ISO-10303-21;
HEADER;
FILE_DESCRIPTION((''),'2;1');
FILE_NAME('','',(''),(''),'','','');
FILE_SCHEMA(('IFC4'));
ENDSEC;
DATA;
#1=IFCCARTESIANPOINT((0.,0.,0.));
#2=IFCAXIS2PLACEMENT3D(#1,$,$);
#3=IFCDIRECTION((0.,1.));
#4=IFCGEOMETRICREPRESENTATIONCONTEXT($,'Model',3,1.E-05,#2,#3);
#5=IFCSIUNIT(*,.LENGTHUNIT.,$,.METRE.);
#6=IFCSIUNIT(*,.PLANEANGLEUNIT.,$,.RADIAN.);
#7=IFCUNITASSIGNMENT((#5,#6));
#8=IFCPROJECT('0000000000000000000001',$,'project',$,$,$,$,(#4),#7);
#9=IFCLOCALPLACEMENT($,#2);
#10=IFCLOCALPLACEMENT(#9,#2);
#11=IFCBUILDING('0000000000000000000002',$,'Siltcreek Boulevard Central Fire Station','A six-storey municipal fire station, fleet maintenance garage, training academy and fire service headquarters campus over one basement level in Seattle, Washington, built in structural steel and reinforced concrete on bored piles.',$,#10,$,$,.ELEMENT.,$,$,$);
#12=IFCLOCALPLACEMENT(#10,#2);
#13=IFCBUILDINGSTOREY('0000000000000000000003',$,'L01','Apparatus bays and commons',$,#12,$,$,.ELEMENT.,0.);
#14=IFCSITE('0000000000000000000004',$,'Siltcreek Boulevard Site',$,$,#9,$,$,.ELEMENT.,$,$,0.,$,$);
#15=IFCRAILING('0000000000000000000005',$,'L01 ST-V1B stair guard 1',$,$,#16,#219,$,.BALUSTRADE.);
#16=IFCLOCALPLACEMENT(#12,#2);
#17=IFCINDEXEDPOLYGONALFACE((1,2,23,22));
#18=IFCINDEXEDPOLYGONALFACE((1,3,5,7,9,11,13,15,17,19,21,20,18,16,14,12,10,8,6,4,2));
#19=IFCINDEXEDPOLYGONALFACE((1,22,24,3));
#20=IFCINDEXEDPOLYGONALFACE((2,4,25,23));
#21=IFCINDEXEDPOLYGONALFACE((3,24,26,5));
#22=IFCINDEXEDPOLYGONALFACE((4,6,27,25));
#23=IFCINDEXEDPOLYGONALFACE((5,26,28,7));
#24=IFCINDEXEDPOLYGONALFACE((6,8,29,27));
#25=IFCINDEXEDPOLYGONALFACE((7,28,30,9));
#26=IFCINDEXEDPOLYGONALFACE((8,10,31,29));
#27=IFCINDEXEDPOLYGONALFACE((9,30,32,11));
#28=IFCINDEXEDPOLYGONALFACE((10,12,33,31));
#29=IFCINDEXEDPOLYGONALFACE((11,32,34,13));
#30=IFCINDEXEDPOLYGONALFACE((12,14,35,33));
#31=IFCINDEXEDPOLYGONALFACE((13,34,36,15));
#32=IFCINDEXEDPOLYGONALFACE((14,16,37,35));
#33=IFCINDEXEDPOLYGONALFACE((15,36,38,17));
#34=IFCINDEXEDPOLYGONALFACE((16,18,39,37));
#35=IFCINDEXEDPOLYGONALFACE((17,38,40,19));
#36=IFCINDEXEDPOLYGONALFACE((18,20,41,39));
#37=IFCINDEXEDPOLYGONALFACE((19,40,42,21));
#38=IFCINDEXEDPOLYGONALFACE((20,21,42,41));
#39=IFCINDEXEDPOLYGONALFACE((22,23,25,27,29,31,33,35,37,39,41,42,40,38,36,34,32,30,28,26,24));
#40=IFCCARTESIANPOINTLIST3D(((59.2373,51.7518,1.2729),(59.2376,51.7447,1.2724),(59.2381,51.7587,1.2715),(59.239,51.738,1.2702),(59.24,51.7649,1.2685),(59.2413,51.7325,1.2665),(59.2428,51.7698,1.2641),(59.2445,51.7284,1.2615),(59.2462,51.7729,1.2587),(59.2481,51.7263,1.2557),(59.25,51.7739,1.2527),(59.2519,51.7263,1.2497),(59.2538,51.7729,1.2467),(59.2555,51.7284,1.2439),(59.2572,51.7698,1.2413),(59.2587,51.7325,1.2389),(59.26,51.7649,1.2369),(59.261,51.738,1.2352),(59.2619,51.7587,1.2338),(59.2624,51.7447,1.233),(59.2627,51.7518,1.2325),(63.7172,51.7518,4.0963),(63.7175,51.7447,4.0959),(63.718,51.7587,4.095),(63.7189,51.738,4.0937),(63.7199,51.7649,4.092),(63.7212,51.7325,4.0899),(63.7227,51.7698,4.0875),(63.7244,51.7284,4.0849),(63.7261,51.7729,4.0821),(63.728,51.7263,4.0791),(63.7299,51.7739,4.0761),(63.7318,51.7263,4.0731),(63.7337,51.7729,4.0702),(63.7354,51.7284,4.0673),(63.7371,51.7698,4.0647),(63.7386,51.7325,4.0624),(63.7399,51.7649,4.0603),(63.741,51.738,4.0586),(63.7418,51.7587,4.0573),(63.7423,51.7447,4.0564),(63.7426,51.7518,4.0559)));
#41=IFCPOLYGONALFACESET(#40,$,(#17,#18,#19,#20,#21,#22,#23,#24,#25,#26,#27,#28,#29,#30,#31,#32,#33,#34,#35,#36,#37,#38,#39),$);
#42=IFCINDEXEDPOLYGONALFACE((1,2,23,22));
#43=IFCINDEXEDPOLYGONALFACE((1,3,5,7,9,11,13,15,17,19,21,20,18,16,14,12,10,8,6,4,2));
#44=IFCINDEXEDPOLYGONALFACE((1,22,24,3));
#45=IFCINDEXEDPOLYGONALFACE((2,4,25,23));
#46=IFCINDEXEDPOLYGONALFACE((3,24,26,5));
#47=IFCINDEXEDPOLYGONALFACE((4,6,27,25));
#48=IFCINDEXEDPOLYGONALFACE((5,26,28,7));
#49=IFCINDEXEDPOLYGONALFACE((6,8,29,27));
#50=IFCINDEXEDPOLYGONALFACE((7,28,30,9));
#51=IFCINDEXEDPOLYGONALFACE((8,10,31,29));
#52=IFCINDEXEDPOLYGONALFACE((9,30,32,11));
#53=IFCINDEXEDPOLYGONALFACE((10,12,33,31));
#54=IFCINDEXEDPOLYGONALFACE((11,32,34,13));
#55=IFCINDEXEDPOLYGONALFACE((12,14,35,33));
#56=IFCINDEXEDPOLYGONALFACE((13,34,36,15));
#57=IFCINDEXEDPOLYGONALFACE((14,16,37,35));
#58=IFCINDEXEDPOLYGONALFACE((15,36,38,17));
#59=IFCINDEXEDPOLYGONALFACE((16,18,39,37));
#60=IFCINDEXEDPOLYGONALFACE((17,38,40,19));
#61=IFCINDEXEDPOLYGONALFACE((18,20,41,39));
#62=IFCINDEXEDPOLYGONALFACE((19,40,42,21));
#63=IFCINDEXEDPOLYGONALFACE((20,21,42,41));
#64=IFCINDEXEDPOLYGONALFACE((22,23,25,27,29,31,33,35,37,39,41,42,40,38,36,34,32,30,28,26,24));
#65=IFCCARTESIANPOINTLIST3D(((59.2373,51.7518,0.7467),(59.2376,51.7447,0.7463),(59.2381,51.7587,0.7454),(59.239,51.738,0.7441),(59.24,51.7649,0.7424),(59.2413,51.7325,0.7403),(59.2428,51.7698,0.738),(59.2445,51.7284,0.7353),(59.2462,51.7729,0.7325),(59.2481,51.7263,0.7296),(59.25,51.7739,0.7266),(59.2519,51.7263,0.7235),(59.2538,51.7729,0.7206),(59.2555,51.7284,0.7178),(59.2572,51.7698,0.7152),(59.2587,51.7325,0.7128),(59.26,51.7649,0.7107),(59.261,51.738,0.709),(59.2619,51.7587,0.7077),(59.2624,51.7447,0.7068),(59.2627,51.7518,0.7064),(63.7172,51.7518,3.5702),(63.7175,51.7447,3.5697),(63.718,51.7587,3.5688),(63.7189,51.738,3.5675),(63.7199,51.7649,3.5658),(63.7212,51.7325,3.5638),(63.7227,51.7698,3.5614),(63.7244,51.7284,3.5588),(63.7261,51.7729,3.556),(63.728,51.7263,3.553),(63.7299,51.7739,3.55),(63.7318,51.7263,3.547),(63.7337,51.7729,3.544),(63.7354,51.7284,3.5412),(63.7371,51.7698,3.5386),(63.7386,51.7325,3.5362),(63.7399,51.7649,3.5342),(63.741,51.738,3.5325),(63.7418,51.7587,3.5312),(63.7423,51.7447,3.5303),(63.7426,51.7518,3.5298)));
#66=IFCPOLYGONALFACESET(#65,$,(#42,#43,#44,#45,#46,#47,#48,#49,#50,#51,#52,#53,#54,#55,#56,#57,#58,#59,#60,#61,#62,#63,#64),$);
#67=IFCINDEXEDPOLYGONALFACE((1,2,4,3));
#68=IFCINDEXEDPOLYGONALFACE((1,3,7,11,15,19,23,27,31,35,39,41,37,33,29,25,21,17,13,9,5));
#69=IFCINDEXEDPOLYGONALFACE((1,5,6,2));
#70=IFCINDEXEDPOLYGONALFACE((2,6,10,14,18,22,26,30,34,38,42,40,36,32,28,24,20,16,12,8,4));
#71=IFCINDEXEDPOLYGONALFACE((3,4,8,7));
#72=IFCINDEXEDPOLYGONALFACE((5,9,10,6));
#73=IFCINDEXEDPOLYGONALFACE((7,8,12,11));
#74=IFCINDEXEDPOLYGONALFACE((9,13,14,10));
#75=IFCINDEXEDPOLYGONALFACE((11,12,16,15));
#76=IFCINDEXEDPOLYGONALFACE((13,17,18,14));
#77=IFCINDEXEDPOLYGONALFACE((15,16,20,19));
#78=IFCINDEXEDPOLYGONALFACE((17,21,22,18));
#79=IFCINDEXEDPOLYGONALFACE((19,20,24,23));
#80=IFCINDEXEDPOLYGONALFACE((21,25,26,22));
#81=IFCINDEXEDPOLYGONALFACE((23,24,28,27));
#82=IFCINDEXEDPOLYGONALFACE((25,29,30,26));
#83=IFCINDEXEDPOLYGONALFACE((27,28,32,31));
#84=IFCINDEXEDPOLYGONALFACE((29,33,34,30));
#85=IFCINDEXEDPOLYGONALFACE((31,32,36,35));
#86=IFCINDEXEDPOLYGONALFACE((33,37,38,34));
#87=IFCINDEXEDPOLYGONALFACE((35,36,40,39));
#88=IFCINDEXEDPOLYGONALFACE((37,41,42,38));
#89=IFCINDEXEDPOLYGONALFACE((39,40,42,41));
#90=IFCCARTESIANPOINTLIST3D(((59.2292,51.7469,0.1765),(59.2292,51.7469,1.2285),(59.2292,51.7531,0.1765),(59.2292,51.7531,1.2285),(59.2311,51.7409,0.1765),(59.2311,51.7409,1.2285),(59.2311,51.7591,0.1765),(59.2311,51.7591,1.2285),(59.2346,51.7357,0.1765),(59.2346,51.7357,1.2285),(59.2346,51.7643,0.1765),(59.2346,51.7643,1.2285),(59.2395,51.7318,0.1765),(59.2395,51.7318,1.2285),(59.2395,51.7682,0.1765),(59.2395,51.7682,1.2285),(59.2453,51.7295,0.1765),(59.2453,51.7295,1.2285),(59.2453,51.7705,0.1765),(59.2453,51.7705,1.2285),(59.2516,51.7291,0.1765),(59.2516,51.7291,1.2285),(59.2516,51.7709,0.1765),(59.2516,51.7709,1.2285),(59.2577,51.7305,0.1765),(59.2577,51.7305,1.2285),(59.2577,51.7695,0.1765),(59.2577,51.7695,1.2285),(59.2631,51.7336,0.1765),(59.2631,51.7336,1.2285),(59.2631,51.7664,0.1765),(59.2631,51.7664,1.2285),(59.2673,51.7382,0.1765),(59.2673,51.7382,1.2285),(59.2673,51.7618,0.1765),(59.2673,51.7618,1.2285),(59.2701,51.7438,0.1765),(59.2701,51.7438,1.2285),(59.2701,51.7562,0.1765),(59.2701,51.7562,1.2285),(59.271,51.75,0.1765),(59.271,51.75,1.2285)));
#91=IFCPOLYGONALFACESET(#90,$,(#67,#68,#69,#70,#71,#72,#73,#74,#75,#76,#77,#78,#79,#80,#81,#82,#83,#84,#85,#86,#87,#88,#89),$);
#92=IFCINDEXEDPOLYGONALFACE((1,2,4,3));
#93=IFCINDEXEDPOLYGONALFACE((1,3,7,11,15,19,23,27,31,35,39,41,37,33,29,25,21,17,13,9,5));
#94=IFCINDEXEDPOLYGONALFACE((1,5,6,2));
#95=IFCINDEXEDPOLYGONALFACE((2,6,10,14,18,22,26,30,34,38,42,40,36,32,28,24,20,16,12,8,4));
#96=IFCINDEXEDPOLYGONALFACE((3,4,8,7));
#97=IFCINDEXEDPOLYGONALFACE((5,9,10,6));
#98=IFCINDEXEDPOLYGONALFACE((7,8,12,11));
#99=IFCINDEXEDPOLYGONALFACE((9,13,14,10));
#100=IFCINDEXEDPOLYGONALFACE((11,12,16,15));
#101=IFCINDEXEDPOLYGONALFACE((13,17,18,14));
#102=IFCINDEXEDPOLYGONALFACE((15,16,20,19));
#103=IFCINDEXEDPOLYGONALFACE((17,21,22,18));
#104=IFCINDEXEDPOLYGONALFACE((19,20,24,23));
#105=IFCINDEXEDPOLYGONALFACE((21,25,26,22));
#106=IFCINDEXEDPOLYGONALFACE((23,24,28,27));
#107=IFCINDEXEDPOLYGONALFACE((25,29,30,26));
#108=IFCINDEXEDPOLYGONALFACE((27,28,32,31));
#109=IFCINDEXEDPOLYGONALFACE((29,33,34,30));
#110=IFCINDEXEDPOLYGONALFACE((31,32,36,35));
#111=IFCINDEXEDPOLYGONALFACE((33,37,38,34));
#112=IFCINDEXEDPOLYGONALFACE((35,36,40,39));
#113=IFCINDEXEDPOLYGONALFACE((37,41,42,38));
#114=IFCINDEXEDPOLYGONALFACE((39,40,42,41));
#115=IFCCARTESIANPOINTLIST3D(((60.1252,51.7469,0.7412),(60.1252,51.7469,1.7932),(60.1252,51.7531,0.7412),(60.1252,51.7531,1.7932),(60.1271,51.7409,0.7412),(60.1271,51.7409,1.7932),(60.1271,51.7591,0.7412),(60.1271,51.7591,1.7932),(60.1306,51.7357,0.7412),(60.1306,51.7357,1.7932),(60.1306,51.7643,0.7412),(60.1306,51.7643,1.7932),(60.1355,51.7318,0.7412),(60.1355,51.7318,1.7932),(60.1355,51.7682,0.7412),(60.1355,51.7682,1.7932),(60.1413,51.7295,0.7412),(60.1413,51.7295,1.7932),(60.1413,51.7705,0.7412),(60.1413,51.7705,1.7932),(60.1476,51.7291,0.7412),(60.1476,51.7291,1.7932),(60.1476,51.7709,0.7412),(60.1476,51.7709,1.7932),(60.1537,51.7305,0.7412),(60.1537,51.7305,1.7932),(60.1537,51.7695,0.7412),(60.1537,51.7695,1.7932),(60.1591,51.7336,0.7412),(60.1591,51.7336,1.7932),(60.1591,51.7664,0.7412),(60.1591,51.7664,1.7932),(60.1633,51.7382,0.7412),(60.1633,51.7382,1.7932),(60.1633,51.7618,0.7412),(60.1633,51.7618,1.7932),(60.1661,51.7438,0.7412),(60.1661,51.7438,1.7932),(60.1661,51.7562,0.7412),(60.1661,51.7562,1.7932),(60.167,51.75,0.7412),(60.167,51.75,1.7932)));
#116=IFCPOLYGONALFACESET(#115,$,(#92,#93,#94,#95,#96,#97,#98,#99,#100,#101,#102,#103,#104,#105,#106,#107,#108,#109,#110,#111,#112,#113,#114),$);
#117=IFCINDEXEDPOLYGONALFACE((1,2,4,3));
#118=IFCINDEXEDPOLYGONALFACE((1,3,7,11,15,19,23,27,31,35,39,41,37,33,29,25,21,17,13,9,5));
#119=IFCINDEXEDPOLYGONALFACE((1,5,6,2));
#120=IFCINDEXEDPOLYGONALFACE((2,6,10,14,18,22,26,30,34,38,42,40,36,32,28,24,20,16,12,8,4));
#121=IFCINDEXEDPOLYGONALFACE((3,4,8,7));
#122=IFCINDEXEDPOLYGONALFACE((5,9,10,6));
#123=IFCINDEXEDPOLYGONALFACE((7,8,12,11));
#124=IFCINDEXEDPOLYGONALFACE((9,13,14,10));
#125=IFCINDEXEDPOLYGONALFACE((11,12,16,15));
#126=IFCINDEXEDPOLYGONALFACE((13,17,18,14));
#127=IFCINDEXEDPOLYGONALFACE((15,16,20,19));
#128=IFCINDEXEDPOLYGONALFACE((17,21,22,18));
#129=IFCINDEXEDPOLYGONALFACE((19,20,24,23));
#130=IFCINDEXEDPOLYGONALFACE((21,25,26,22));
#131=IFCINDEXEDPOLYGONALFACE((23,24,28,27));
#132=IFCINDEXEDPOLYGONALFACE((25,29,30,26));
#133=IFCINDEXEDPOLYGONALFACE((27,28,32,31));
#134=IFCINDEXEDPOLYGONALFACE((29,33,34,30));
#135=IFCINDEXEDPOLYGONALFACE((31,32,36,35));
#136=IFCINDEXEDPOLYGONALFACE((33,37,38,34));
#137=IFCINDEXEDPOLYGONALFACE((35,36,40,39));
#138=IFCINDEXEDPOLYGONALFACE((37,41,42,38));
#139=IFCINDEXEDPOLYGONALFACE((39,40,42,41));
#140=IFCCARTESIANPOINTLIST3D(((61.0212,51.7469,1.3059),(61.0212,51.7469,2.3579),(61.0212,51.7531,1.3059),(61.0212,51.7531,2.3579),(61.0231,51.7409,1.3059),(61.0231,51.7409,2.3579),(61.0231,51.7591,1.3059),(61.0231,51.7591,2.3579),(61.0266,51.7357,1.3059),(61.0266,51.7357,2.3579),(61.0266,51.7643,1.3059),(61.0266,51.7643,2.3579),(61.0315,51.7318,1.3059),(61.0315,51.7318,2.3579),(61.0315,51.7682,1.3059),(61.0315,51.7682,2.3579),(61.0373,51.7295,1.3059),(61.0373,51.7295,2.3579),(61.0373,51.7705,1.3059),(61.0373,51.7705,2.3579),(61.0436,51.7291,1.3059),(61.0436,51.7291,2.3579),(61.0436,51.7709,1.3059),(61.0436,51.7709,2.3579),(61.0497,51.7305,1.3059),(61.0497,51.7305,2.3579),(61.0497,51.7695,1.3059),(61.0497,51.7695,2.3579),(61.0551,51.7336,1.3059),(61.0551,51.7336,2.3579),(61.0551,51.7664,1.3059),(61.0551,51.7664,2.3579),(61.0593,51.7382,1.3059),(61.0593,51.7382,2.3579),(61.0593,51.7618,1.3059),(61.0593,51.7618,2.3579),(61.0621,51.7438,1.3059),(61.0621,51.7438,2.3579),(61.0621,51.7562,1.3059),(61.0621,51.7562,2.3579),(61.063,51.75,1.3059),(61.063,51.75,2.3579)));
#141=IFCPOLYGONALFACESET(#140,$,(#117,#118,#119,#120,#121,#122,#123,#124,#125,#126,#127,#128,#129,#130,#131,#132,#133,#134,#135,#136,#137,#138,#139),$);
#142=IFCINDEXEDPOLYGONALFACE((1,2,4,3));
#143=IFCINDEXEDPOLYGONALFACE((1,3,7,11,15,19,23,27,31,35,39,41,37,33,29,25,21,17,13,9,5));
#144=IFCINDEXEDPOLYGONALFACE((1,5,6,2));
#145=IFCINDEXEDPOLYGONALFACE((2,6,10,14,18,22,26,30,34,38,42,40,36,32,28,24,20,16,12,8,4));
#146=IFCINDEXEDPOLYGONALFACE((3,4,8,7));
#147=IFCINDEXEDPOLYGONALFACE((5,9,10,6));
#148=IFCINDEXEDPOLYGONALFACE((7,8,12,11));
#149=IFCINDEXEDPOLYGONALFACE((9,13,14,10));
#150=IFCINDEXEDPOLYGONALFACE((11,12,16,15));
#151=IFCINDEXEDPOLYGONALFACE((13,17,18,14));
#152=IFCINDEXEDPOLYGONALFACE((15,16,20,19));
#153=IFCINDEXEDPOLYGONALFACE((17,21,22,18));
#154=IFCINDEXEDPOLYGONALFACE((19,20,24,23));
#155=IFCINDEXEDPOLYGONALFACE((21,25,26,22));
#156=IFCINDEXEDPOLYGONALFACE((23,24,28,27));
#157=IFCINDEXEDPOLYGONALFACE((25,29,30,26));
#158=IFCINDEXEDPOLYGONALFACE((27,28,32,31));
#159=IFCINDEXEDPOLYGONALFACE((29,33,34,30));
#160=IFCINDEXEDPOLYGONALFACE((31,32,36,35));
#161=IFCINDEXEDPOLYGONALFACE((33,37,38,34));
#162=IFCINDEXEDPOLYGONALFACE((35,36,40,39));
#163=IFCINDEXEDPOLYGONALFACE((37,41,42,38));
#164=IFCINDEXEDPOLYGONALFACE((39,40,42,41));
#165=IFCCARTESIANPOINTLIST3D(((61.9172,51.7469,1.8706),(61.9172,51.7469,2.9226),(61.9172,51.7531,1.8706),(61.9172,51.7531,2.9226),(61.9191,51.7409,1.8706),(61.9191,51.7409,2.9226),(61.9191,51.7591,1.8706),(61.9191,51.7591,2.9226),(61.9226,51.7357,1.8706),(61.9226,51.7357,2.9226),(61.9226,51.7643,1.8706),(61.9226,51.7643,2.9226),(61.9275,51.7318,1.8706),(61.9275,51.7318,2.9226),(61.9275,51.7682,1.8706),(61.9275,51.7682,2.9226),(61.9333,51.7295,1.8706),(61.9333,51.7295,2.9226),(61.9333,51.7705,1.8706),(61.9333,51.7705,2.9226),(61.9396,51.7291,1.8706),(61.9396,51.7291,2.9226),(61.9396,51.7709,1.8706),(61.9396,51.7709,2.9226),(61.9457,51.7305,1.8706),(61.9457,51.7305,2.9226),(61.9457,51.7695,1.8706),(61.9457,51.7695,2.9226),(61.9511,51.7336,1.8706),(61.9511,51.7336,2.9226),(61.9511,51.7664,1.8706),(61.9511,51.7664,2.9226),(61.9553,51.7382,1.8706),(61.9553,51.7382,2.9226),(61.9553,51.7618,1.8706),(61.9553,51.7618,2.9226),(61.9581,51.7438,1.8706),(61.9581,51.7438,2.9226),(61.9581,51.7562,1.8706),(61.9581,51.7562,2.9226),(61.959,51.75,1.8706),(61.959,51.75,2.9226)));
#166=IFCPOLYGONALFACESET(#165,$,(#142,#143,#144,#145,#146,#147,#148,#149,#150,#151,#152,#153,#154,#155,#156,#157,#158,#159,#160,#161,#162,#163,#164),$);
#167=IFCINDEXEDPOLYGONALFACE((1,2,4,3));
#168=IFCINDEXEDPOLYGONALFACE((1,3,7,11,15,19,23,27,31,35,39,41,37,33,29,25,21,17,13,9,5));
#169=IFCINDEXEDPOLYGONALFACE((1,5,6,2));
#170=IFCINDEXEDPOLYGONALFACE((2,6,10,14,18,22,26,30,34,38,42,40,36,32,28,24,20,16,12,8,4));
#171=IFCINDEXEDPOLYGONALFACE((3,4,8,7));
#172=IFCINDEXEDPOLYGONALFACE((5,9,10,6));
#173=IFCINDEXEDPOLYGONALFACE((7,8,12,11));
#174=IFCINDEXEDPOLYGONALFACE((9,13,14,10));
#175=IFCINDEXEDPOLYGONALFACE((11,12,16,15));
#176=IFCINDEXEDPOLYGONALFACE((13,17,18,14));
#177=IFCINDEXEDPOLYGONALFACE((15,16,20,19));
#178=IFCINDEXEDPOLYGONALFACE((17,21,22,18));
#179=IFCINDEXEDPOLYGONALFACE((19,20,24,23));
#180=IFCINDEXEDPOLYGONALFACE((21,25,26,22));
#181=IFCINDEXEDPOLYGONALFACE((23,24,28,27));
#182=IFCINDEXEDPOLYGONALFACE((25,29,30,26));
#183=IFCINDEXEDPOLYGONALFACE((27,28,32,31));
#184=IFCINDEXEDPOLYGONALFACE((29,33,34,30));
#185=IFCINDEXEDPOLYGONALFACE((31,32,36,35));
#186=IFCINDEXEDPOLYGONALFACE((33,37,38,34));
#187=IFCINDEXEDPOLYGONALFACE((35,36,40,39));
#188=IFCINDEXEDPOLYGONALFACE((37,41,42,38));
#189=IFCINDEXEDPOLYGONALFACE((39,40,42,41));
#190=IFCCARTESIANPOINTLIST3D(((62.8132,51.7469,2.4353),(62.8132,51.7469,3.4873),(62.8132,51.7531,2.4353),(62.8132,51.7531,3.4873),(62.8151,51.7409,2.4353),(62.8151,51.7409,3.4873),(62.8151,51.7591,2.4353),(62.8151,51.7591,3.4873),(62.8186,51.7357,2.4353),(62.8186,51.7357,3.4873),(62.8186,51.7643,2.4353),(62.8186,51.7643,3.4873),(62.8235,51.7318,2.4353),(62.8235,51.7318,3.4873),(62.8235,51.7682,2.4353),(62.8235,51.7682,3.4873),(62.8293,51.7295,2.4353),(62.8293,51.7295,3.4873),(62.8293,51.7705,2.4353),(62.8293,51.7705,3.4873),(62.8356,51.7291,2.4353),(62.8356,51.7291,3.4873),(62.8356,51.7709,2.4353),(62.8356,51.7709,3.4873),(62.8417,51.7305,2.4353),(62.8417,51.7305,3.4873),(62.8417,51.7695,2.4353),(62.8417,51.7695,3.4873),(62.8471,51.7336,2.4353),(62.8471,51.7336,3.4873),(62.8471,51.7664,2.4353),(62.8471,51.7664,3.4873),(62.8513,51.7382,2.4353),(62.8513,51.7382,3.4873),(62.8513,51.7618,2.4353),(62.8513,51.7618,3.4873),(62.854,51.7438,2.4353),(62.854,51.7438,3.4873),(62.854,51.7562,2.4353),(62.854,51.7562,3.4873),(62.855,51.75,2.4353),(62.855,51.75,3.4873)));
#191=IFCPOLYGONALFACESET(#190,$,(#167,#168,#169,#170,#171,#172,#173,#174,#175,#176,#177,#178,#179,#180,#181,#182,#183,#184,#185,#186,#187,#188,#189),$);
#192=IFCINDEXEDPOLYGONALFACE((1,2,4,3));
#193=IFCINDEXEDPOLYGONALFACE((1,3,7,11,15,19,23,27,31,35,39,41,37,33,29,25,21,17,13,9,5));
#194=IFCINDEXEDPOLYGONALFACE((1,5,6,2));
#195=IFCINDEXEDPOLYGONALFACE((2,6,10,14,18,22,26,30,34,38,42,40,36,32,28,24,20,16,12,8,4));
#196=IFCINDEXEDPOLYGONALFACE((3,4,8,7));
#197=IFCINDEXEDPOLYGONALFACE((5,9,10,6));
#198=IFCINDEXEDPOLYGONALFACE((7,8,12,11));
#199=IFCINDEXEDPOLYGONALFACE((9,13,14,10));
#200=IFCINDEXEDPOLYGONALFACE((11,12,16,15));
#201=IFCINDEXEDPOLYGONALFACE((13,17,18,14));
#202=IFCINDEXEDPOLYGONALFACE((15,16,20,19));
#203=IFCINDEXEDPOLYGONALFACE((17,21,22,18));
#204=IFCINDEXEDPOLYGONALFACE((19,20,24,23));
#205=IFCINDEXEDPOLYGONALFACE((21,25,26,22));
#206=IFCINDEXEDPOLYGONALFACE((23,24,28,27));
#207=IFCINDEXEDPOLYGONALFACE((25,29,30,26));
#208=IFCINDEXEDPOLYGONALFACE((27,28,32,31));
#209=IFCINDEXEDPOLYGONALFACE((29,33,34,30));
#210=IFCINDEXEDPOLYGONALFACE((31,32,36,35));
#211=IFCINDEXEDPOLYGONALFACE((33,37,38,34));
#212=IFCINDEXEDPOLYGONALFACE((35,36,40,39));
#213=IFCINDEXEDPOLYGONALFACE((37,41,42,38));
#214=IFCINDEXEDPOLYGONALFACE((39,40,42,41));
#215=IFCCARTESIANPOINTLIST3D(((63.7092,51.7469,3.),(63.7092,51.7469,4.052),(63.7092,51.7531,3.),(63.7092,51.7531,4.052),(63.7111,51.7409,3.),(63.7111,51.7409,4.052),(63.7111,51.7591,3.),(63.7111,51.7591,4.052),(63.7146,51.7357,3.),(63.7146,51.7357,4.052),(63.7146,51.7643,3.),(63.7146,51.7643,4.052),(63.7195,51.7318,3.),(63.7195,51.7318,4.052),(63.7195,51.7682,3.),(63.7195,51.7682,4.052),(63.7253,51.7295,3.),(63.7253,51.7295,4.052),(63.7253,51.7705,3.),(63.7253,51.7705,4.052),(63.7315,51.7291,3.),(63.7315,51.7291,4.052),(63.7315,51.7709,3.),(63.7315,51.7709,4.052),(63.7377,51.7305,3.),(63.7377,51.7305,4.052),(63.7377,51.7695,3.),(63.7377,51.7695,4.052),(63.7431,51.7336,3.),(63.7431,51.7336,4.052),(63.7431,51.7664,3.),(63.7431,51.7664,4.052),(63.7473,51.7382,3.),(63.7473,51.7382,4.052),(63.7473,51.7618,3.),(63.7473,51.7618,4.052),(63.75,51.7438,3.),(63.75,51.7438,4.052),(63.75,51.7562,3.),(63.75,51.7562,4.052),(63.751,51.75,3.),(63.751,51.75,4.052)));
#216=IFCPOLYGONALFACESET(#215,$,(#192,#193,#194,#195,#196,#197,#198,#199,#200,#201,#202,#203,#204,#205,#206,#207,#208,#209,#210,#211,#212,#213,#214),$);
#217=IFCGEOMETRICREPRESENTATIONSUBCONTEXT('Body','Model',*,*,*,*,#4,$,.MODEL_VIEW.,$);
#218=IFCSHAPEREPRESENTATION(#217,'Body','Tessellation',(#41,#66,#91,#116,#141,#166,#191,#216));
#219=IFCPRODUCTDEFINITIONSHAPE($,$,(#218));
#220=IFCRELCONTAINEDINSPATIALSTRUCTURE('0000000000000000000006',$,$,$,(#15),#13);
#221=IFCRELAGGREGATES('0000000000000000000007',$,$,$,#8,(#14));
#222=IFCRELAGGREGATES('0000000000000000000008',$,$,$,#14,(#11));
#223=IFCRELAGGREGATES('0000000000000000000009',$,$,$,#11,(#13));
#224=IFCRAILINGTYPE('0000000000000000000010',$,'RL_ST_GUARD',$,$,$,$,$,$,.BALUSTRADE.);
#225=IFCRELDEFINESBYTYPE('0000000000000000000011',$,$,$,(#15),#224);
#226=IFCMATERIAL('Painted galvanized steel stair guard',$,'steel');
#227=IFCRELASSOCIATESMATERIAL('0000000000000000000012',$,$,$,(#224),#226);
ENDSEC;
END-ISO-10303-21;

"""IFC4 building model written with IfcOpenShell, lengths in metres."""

from ifc_helpers import new_model, si_unit, direction, frame, origin, origin_2d, place, context, subcontext, project, spatial, circle, extrude, material, type_object, element, save


model = new_model("IFC4")

# Units and contexts
model_context = context("Model", 3, precision=1e-05, world=origin(), true_north=direction((0.0, 1.0)))
body_context = subcontext(model_context, "Body", "Model", "MODEL_VIEW")
ifc_project = project(units=[si_unit("LENGTHUNIT", "METRE"), si_unit("PLANEANGLEUNIT", "RADIAN")], contexts=[model_context])

# Site, building, storey
site_placement = place(None, origin())
site = spatial("IfcSite", under=ifc_project, at=site_placement, Name="Siltcreek Boulevard Site", CompositionType="ELEMENT", RefElevation=0.0)
building_placement = place(site_placement, origin())
building = spatial("IfcBuilding", under=site, at=building_placement, Name="Siltcreek Boulevard Central Fire Station", Description="A six-storey municipal fire station, fleet maintenance garage, training academy and fire service headquarters campus over one basement level in Seattle, Washington, built in structural steel and reinforced concrete on bored piles.", CompositionType="ELEMENT")
storey_placement = place(building_placement, origin())
storey = spatial("IfcBuildingStorey", under=building, at=storey_placement, Name="L01", Description="Apparatus bays and commons", CompositionType="ELEMENT", Elevation=0.0)

# Railing
ifc_material_1 = material(Name="Painted galvanized steel stair guard", Category="steel")
railing_type = type_object("IfcRailingType", Name="RL_ST_GUARD", PredefinedType="BALUSTRADE", material=ifc_material_1)
railing_1_placement = place(storey_placement, frame((59.25, 51.75, 0.1765)))
element("IfcRailing", 1, at=railing_1_placement, inside=storey, type_object=railing_type, Name="L01 ST-V1B stair guard 1", PredefinedType="BALUSTRADE", context=body_context, shape_type="SweptSolid", body=[
    extrude(circle(Radius=0.0239, at=origin_2d()), frame((0.0, 0.0, 1.0762), z_axis=(0.845998, 0.0, 0.533186), x_axis=(0.0, 1.0, 0.0)), (0.0, 0.0, 1.0), 5.2954),
    extrude(circle(Radius=0.0239, at=origin_2d()), frame((0.0, 0.0, 0.55), z_axis=(0.845998, 0.0, 0.533186), x_axis=(0.0, 1.0, 0.0)), (0.0, 0.0, 1.0), 5.2954),
    extrude(circle(Radius=0.021, at=origin_2d()), origin(), (0.0, 0.0, 1.0), 1.052),
    extrude(circle(Radius=0.021, at=origin_2d()), frame((0.896, 0.0, 0.5647)), (0.0, 0.0, 1.0), 1.052),
    extrude(circle(Radius=0.021, at=origin_2d()), frame((1.792, 0.0, 1.1294)), (0.0, 0.0, 1.0), 1.052),
    extrude(circle(Radius=0.021, at=origin_2d()), frame((2.688, 0.0, 1.6941)), (0.0, 0.0, 1.0), 1.052),
    extrude(circle(Radius=0.021, at=origin_2d()), frame((3.584, 0.0, 2.2588)), (0.0, 0.0, 1.0), 1.052),
    extrude(circle(Radius=0.021, at=origin_2d()), frame((4.48, 0.0, 2.8235)), (0.0, 0.0, 1.0), 1.052),
])

save(model, "model.ifc")
